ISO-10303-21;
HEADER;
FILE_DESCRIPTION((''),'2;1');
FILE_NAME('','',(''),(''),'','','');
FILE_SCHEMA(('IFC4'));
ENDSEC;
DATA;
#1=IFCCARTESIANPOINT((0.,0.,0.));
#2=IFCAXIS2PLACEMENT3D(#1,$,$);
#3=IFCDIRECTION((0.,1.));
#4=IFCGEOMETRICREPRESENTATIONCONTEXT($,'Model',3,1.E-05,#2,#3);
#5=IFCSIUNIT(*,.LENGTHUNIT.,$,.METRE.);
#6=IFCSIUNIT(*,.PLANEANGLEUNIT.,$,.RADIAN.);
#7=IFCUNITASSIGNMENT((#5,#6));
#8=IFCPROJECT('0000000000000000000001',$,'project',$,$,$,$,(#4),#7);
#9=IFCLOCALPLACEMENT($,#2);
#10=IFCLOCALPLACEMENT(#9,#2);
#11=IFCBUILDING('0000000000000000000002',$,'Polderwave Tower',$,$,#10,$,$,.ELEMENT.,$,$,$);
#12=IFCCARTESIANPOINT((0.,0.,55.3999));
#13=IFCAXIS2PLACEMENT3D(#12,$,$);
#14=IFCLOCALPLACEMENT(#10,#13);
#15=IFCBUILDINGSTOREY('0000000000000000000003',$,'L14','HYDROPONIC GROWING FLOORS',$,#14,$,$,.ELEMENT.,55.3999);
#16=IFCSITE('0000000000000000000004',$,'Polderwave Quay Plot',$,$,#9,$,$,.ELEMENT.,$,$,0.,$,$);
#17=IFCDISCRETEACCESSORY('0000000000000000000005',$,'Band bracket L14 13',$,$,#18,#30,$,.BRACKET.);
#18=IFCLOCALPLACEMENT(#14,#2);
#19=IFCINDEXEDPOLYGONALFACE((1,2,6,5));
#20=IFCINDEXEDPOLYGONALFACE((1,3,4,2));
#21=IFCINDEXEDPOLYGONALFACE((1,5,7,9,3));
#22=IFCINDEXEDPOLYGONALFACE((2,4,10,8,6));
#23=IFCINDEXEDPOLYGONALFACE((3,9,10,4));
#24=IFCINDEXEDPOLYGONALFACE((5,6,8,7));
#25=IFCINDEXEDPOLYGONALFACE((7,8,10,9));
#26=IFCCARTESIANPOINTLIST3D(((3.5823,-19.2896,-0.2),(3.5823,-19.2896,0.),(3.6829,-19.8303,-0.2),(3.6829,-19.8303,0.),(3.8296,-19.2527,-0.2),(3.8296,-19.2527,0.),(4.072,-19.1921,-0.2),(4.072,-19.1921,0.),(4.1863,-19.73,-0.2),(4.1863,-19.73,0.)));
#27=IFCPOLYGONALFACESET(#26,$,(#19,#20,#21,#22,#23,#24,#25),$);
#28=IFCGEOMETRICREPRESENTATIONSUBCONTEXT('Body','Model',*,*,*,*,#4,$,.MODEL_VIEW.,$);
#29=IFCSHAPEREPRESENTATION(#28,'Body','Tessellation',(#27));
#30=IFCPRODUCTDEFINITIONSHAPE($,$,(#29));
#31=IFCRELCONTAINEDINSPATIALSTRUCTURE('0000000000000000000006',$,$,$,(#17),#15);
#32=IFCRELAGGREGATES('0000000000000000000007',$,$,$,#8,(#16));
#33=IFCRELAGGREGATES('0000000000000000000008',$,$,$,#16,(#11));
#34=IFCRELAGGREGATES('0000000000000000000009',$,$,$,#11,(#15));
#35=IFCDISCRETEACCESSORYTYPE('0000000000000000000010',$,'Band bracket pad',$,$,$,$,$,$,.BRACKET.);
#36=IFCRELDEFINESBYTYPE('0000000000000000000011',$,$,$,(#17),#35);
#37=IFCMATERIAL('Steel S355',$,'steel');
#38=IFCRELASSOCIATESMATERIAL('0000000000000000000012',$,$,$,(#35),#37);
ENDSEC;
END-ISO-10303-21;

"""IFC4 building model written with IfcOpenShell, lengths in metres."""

from ifc_helpers import new_model, si_unit, direction, frame, origin, place, context, subcontext, project, spatial, polyline, outline, extrude, material, type_object, element, save


model = new_model("IFC4")

# Units and contexts
model_context = context("Model", 3, precision=1e-05, world=origin(), true_north=direction((0.0, 1.0)))
body_context = subcontext(model_context, "Body", "Model", "MODEL_VIEW")
ifc_project = project(units=[si_unit("LENGTHUNIT", "METRE"), si_unit("PLANEANGLEUNIT", "RADIAN")], contexts=[model_context])

# Site, building, storey
site_placement = place(None, origin())
site = spatial("IfcSite", under=ifc_project, at=site_placement, Name="Polderwave Quay Plot", CompositionType="ELEMENT", RefElevation=0.0)
building_placement = place(site_placement, origin())
building = spatial("IfcBuilding", under=site, at=building_placement, Name="Polderwave Tower", CompositionType="ELEMENT")
storey_placement = place(building_placement, frame((0.0, 0.0, 55.3999)))
storey = spatial("IfcBuildingStorey", under=building, at=storey_placement, Name="L14", Description="HYDROPONIC GROWING FLOORS", CompositionType="ELEMENT", Elevation=55.3999)

# Discrete accessory
ifc_material_1 = material(Name="Steel S355", Category="steel")
discrete_accessory_type = type_object("IfcDiscreteAccessoryType", Name="Band bracket pad", PredefinedType="BRACKET", material=ifc_material_1)
discrete_accessory_placement = place(storey_placement, frame((0.0, 0.0, -0.2)))
element("IfcDiscreteAccessory", 1, at=discrete_accessory_placement, inside=storey, type_object=discrete_accessory_type, Name="Band bracket L14 13", PredefinedType="BRACKET", context=body_context, shape_type="SweptSolid", body=[
    extrude(outline(polyline([(3.5823, -19.2896), (3.8296, -19.2527), (4.072, -19.1921), (4.1863, -19.73), (3.6829, -19.8303), (3.5823, -19.2896)])), origin(), (0.0, 0.0, 1.0), 0.2),
])

save(model, "model.ifc")
